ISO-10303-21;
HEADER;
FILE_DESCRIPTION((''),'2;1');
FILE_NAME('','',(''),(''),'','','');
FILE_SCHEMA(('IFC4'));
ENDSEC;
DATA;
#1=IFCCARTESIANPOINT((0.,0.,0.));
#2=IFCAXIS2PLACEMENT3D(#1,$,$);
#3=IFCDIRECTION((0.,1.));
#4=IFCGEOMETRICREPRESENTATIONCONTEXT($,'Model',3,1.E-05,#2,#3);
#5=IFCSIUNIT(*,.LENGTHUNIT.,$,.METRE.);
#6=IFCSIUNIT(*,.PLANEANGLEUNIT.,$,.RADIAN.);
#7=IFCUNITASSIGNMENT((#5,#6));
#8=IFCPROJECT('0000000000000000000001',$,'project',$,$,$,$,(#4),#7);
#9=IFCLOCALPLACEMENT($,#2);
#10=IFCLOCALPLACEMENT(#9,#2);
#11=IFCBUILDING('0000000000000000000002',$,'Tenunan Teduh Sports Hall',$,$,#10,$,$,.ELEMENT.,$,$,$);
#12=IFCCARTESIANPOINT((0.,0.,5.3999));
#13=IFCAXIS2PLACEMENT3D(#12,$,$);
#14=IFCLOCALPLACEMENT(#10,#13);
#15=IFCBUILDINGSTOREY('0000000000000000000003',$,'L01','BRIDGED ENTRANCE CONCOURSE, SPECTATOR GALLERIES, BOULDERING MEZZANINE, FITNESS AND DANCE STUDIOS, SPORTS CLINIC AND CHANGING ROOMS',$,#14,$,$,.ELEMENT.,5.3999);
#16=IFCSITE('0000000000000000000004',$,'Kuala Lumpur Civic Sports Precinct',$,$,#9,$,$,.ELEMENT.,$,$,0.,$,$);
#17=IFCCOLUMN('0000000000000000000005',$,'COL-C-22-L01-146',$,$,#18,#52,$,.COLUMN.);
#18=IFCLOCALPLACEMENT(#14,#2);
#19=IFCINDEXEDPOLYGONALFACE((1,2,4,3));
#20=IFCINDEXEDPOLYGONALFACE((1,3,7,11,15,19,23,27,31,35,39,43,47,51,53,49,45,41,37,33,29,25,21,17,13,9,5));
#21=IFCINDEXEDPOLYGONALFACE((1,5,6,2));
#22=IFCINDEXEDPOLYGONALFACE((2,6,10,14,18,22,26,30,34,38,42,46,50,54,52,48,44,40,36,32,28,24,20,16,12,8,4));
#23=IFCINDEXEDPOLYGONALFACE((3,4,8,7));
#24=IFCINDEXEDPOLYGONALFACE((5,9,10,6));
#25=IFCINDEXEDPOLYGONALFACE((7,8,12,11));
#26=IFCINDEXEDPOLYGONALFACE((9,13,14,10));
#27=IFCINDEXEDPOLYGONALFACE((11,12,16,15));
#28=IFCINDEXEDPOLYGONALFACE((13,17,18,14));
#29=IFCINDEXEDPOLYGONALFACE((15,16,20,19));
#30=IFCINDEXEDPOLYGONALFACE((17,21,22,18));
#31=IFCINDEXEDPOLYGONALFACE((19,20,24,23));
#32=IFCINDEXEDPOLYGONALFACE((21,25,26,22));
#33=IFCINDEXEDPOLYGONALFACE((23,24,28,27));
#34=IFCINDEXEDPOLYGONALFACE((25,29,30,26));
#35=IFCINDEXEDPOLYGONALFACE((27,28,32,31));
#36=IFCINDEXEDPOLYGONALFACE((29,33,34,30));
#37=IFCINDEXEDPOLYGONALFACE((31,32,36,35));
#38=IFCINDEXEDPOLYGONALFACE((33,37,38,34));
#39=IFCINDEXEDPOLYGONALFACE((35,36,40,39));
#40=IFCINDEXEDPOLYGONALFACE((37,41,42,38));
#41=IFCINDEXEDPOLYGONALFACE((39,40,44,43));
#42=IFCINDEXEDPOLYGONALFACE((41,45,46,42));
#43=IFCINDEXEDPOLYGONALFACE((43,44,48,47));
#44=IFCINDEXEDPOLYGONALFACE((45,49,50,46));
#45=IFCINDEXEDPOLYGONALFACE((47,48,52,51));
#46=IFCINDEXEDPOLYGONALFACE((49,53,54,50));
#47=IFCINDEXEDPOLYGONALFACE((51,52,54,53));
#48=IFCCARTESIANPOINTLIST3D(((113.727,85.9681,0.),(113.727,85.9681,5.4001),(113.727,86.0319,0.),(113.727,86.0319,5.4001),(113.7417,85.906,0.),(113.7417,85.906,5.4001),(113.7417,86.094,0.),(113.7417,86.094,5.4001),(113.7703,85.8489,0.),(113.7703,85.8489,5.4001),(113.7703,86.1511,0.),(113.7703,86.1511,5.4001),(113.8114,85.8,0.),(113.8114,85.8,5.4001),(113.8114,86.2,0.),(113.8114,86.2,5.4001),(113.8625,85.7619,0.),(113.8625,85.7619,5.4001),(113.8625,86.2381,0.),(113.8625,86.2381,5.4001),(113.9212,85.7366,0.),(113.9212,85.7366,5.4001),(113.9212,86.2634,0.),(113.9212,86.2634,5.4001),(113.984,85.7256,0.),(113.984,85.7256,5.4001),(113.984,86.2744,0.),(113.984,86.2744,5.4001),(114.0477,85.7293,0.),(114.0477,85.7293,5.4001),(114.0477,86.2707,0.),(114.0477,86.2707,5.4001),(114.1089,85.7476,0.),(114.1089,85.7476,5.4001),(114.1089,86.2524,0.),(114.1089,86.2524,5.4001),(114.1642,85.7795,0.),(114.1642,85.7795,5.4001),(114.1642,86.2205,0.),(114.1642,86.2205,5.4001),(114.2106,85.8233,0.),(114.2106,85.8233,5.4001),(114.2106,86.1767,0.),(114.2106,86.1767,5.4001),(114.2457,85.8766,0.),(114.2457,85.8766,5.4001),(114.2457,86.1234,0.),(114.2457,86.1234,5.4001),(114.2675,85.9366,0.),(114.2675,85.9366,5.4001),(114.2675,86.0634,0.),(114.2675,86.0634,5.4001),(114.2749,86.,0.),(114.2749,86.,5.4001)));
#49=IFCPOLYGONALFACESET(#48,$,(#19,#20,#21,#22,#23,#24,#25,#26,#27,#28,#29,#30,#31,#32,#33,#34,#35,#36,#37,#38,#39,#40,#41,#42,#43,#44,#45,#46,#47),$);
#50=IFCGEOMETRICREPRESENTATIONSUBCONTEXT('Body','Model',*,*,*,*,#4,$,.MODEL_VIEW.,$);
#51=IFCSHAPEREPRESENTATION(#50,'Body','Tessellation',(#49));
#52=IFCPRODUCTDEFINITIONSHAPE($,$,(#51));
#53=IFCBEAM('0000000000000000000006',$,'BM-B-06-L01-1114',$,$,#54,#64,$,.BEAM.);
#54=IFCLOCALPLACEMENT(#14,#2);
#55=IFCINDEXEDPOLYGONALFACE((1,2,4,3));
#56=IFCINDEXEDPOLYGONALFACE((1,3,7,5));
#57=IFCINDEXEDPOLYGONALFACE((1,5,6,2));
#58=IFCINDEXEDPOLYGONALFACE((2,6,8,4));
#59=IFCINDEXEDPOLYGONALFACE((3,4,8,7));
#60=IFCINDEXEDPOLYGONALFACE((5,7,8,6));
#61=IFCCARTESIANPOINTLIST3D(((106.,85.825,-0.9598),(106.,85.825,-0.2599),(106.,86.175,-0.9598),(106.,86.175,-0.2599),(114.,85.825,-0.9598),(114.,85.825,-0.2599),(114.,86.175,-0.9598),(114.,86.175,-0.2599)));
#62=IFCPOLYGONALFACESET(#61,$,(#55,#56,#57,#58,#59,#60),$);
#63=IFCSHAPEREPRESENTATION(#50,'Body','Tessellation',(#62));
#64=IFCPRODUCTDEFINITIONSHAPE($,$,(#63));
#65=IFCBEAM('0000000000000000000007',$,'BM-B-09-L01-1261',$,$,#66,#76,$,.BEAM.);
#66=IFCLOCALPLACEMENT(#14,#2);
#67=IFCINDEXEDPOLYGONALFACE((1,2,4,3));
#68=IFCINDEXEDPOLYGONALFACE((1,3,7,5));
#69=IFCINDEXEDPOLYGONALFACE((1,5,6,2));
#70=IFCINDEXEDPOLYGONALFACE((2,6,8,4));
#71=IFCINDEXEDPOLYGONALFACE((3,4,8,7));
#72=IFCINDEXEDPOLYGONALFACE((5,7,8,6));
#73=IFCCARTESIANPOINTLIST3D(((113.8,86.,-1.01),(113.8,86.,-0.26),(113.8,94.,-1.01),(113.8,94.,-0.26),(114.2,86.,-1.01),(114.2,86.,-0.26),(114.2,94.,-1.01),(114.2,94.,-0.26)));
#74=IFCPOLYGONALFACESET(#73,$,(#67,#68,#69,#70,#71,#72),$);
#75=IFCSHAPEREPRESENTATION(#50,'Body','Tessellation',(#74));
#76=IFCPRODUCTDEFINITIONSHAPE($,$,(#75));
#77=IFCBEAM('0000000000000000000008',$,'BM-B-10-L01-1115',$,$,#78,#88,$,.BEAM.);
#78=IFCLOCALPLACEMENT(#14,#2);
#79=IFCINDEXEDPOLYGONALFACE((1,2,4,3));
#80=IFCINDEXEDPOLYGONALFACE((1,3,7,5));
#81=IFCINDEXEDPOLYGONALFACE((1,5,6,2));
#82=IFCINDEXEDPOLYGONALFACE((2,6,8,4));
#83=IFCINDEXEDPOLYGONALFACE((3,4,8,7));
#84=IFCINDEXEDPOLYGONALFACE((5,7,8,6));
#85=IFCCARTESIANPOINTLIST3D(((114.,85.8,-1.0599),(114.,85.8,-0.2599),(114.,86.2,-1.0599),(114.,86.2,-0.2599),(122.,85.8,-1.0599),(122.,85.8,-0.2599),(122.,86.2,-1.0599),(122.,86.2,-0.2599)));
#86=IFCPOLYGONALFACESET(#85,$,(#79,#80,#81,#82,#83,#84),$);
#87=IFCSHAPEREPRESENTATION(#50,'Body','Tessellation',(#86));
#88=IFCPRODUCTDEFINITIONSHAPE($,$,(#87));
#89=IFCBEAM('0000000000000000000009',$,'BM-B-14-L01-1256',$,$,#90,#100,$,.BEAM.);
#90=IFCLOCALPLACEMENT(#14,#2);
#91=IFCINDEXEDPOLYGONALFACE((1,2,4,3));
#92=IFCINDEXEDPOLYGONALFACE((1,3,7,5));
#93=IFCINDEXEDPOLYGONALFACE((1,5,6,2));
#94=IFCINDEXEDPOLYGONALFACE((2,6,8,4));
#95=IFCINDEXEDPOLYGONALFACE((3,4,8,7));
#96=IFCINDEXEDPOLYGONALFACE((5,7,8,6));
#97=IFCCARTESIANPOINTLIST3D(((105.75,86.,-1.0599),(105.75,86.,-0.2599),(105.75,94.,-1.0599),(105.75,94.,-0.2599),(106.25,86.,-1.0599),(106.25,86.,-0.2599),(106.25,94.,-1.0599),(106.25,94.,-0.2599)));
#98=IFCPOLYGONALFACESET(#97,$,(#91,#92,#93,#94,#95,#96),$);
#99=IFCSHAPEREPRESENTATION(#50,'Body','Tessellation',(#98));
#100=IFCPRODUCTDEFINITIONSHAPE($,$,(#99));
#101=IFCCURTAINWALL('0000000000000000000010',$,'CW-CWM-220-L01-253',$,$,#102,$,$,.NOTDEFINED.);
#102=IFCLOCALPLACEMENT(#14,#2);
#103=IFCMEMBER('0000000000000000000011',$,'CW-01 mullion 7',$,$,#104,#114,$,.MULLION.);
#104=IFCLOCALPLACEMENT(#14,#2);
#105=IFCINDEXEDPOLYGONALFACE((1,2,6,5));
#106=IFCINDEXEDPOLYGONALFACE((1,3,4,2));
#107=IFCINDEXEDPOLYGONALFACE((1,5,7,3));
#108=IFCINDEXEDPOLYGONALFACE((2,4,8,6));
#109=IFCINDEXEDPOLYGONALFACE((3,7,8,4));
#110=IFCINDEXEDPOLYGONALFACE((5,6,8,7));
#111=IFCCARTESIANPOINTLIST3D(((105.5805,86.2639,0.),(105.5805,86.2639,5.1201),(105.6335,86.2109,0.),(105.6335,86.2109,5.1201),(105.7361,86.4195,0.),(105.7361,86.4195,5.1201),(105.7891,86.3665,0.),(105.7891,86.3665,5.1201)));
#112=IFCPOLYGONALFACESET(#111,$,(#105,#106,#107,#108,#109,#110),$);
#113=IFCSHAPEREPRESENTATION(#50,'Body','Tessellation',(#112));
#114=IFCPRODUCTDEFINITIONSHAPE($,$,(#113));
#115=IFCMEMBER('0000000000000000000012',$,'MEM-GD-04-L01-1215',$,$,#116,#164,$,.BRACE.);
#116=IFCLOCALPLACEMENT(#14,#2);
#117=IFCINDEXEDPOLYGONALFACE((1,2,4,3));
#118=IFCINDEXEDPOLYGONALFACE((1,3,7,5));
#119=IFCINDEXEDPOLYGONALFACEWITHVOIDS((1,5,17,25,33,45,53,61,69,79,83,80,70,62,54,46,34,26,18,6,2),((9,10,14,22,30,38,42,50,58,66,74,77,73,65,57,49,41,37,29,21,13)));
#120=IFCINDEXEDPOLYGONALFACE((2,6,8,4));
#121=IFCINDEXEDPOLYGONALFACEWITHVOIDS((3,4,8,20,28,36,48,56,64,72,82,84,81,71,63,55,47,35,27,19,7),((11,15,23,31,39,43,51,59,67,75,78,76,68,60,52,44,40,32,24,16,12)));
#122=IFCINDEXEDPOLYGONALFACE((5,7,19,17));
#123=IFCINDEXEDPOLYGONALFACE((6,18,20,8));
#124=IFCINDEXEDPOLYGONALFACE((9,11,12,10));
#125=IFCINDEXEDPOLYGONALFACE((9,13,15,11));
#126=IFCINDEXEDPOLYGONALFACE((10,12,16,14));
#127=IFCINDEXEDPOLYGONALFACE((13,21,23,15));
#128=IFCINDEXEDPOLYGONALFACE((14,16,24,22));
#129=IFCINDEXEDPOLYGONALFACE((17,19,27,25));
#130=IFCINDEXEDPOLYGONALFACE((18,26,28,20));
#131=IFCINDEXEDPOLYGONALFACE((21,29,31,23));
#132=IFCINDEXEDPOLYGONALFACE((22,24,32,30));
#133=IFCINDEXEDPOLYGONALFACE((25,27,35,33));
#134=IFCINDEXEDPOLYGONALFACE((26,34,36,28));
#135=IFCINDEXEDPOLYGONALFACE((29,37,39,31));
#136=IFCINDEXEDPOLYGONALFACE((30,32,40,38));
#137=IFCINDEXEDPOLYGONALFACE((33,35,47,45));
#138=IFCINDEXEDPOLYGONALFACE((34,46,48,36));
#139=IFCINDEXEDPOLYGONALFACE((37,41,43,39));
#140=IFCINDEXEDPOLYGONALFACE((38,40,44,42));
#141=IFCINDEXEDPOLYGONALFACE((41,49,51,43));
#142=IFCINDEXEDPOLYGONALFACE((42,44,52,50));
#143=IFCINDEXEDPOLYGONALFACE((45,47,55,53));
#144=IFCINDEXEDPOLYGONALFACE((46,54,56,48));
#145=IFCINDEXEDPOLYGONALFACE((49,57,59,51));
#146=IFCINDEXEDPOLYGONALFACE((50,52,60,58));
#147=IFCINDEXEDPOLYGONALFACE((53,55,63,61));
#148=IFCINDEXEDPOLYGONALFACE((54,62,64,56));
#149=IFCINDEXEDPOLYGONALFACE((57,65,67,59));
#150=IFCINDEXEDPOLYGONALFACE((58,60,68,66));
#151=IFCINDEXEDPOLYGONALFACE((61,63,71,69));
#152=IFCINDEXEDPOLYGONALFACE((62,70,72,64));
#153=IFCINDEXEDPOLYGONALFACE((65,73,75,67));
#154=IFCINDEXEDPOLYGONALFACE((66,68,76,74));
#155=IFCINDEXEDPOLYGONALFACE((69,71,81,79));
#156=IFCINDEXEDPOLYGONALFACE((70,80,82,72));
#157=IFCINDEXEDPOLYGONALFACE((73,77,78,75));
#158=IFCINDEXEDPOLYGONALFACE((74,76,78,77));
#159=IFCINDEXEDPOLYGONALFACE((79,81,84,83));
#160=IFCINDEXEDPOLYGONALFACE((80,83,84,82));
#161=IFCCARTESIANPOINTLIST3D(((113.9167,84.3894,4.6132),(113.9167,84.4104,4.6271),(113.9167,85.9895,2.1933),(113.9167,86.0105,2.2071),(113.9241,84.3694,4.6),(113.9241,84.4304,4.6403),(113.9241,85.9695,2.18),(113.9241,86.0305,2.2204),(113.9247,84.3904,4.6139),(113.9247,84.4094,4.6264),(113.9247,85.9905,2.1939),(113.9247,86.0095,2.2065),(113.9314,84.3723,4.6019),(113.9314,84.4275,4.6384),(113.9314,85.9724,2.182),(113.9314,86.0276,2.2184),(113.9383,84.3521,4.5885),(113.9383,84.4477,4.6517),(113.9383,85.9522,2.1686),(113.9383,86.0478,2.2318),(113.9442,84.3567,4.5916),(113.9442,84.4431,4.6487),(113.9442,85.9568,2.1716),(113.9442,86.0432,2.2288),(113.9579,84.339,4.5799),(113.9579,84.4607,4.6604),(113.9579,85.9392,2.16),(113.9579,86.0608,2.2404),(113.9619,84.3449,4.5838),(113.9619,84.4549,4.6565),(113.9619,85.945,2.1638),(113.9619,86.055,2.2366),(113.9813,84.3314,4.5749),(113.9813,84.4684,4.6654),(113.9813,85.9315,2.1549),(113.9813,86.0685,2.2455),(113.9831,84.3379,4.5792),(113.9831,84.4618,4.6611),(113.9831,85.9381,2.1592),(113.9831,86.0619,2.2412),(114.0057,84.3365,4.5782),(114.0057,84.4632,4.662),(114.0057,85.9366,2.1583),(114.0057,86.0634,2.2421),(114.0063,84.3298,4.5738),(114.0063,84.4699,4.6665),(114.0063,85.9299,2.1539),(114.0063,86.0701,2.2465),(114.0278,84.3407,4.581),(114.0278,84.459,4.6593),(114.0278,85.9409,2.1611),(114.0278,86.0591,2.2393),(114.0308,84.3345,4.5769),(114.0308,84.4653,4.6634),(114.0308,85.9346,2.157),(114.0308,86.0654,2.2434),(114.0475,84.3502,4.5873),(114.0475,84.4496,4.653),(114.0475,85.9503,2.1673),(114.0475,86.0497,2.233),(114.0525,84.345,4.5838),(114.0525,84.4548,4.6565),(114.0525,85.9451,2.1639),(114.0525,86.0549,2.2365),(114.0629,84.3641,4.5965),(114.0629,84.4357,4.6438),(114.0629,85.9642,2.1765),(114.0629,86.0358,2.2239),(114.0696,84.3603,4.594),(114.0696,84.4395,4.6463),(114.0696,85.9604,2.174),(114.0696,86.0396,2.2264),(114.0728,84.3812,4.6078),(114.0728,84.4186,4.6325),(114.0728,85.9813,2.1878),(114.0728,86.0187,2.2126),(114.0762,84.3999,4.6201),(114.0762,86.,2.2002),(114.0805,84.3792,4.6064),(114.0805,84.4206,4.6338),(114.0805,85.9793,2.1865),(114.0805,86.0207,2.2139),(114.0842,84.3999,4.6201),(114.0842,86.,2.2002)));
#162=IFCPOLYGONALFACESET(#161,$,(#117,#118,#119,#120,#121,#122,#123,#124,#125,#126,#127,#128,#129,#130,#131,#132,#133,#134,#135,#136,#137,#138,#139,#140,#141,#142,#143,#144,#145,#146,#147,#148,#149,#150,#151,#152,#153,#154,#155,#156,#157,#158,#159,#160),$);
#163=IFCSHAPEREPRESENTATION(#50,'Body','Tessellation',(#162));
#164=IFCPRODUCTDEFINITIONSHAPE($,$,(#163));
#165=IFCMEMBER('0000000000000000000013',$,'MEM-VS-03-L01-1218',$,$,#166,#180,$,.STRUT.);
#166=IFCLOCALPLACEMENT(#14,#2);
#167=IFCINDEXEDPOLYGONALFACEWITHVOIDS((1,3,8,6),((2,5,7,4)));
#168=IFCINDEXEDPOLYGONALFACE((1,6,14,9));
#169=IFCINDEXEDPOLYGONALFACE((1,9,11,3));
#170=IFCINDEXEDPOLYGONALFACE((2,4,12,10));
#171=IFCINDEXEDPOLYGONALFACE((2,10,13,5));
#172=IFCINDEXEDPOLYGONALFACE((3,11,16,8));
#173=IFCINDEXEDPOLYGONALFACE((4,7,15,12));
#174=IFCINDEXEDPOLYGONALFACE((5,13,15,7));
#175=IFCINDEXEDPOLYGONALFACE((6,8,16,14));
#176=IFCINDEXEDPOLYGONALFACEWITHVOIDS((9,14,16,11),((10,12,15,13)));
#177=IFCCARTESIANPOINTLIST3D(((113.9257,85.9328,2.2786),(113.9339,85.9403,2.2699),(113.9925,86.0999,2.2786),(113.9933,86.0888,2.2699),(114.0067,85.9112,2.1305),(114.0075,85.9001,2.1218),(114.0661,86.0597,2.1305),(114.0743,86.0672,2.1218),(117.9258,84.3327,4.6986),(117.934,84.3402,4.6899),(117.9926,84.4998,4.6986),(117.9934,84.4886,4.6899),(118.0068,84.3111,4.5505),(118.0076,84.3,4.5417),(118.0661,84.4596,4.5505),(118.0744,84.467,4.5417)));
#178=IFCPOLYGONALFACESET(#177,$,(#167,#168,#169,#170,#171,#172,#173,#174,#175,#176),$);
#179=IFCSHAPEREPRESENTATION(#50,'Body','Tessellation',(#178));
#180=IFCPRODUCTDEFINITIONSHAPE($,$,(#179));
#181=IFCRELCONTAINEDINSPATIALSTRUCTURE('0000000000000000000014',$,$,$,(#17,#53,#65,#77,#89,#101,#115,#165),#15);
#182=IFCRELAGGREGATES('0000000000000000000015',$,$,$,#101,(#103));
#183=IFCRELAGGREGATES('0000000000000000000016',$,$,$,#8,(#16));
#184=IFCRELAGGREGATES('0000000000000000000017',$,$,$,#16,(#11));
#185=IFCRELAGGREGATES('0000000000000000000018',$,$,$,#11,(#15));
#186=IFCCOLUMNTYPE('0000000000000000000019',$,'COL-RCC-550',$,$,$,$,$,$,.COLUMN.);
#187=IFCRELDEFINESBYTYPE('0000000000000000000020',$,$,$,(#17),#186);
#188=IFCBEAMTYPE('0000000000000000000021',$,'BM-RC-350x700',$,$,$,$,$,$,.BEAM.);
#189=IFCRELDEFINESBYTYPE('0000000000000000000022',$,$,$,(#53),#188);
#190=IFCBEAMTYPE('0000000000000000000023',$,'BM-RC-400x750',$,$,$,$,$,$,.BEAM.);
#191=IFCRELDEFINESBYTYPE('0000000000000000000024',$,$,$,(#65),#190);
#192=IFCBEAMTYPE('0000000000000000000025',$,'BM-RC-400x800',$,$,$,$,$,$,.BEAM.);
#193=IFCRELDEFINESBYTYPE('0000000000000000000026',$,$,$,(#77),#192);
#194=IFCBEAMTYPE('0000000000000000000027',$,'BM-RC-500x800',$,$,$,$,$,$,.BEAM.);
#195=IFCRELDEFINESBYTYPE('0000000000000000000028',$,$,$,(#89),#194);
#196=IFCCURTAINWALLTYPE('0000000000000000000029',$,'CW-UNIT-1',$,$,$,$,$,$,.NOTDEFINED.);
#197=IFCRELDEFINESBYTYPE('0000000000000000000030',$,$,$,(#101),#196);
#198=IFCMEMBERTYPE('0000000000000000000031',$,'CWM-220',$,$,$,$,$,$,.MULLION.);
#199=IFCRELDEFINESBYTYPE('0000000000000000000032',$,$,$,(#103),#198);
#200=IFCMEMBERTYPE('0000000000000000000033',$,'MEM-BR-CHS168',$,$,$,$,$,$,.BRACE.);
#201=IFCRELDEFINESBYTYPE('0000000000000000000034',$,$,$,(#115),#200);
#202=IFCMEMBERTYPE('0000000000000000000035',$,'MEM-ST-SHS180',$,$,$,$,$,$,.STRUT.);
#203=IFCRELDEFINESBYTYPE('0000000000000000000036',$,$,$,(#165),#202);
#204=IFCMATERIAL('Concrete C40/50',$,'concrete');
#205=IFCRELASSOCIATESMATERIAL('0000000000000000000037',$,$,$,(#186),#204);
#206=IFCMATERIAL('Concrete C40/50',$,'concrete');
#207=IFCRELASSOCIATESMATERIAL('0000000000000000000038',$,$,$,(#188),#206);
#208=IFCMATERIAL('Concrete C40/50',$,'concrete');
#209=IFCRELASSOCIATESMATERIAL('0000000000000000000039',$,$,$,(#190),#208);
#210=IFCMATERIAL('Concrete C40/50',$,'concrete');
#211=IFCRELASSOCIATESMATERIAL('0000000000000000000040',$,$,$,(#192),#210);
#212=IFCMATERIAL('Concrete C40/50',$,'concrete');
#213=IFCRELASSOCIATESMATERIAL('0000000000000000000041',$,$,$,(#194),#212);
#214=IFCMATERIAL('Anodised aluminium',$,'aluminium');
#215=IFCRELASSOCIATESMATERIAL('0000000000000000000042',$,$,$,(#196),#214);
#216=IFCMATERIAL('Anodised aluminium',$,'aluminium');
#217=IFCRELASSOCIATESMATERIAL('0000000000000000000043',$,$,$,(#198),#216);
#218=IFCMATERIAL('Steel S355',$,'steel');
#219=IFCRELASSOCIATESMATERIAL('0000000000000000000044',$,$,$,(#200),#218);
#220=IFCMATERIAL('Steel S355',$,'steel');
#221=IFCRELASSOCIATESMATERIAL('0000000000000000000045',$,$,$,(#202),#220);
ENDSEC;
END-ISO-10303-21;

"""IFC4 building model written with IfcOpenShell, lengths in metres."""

from ifc_helpers import new_model, si_unit, direction, frame, origin, origin_2d, place, context, subcontext, project, spatial, rectangle, hollow_rectangle, circle, hollow_circle, extrude, material, material_profile, profile_set, type_object, element, aggregate, save


model = new_model("IFC4")

# Units and contexts
model_context = context("Model", 3, precision=1e-05, world=origin(), true_north=direction((0.0, 1.0)))
body_context = subcontext(model_context, "Body", "Model", "MODEL_VIEW")
ifc_project = project(units=[si_unit("LENGTHUNIT", "METRE"), si_unit("PLANEANGLEUNIT", "RADIAN")], contexts=[model_context])

# Site, building, storey
site_placement = place(None, origin())
site = spatial("IfcSite", under=ifc_project, at=site_placement, Name="Kuala Lumpur Civic Sports Precinct", CompositionType="ELEMENT", RefElevation=0.0)
building_placement = place(site_placement, origin())
building = spatial("IfcBuilding", under=site, at=building_placement, Name="Tenunan Teduh Sports Hall", CompositionType="ELEMENT")
storey_placement = place(building_placement, frame((0.0, 0.0, 5.3999)))
storey = spatial("IfcBuildingStorey", under=building, at=storey_placement, Name="L01", Description="BRIDGED ENTRANCE CONCOURSE, SPECTATOR GALLERIES, BOULDERING MEZZANINE, FITNESS AND DANCE STUDIOS, SPORTS CLINIC AND CHANGING ROOMS", CompositionType="ELEMENT", Elevation=5.3999)

# Column
ifc_material_1 = material(Name="Concrete C40/50", Category="concrete")
ifc_material_profile_1 = material_profile(ifc_material_1, circle(Radius=0.2749, at=origin_2d()), Name="RCC D550")
ifc_profile_set_1 = profile_set([ifc_material_profile_1], Name="Concrete C40/50")
column_type = type_object("IfcColumnType", Name="COL-RCC-550", PredefinedType="COLUMN", material=ifc_profile_set_1)
column_placement = place(storey_placement, frame((114.0, 86.0, 0.0), z_axis=(0.0, 0.0, 1.0), x_axis=(1.0, 0.0, 0.0)))
element("IfcColumn", 1, at=column_placement, inside=storey, type_object=column_type, Name="COL-C-22-L01-146", PredefinedType="COLUMN", context=body_context, shape_type="SweptSolid", body=[
    extrude(circle(Radius=0.2749, at=origin_2d()), origin(), (0.0, 0.0, 1.0), 5.4001),
])

# Beams
ifc_material_2 = material(Name="Concrete C40/50", Category="concrete")
ifc_material_profile_2 = material_profile(ifc_material_2, rectangle(XDim=0.3501, YDim=0.7, at=origin_2d()), Name="RCB 350x700")
ifc_profile_set_2 = profile_set([ifc_material_profile_2], Name="Concrete C40/50")
beam_type_1 = type_object("IfcBeamType", Name="BM-RC-350x700", PredefinedType="BEAM", material=ifc_profile_set_2)
beam_1_placement = place(storey_placement, frame((106.0, 86.0, -0.6099), z_axis=(1.0, 0.0, 0.0), x_axis=(0.0, 1.0, 0.0)))
element("IfcBeam", 2, at=beam_1_placement, inside=storey, type_object=beam_type_1, Name="BM-B-06-L01-1114", PredefinedType="BEAM", context=body_context, shape_type="SweptSolid", body=[
    extrude(rectangle(XDim=0.3501, YDim=0.7, at=origin_2d()), origin(), (0.0, 0.0, 1.0), 8.0),
])
ifc_material_3 = material(Name="Concrete C40/50", Category="concrete")
ifc_material_profile_3 = material_profile(ifc_material_3, rectangle(XDim=0.3999, YDim=0.75, at=origin_2d()), Name="RCB 400x750")
ifc_profile_set_3 = profile_set([ifc_material_profile_3], Name="Concrete C40/50")
beam_type_2 = type_object("IfcBeamType", Name="BM-RC-400x750", PredefinedType="BEAM", material=ifc_profile_set_3)
beam_2_placement = place(storey_placement, frame((114.0, 86.0, -0.635), z_axis=(0.0, 1.0, 0.0), x_axis=(-1.0, 0.0, 0.0)))
element("IfcBeam", 3, at=beam_2_placement, inside=storey, type_object=beam_type_2, Name="BM-B-09-L01-1261", PredefinedType="BEAM", context=body_context, shape_type="SweptSolid", body=[
    extrude(rectangle(XDim=0.3999, YDim=0.75, at=origin_2d()), origin(), (0.0, 0.0, 1.0), 8.0),
])
ifc_material_4 = material(Name="Concrete C40/50", Category="concrete")
ifc_material_profile_4 = material_profile(ifc_material_4, rectangle(XDim=0.3999, YDim=0.8, at=origin_2d()), Name="RCB 400x800")
ifc_profile_set_4 = profile_set([ifc_material_profile_4], Name="Concrete C40/50")
beam_type_3 = type_object("IfcBeamType", Name="BM-RC-400x800", PredefinedType="BEAM", material=ifc_profile_set_4)
beam_3_placement = place(storey_placement, frame((114.0, 86.0, -0.6599), z_axis=(1.0, 0.0, 0.0), x_axis=(0.0, 1.0, 0.0)))
element("IfcBeam", 4, at=beam_3_placement, inside=storey, type_object=beam_type_3, Name="BM-B-10-L01-1115", PredefinedType="BEAM", context=body_context, shape_type="SweptSolid", body=[
    extrude(rectangle(XDim=0.3999, YDim=0.8, at=origin_2d()), origin(), (0.0, 0.0, 1.0), 8.0),
])
ifc_material_5 = material(Name="Concrete C40/50", Category="concrete")
ifc_material_profile_5 = material_profile(ifc_material_5, rectangle(XDim=0.5, YDim=0.8, at=origin_2d()), Name="RCB 500x800")
ifc_profile_set_5 = profile_set([ifc_material_profile_5], Name="Concrete C40/50")
beam_type_4 = type_object("IfcBeamType", Name="BM-RC-500x800", PredefinedType="BEAM", material=ifc_profile_set_5)
beam_4_placement = place(storey_placement, frame((106.0, 86.0, -0.6599), z_axis=(0.0, 1.0, 0.0), x_axis=(-1.0, 0.0, 0.0)))
element("IfcBeam", 5, at=beam_4_placement, inside=storey, type_object=beam_type_4, Name="BM-B-14-L01-1256", PredefinedType="BEAM", context=body_context, shape_type="SweptSolid", body=[
    extrude(rectangle(XDim=0.5, YDim=0.8, at=origin_2d()), origin(), (0.0, 0.0, 1.0), 8.0),
])

# Curtain wall, member
ifc_material_6 = material(Name="Anodised aluminium", Category="aluminium")
curtain_wall_type = type_object("IfcCurtainWallType", Name="CW-UNIT-1", PredefinedType="NOTDEFINED", material=ifc_material_6)
curtain_wall_placement = place(storey_placement, origin())
curtain_wall = element("IfcCurtainWall", 6, at=curtain_wall_placement, inside=storey, type_object=curtain_wall_type, Name="CW-CWM-220-L01-253", PredefinedType="NOTDEFINED")
ifc_material_7 = material(Name="Anodised aluminium", Category="aluminium")
ifc_material_profile_6 = material_profile(ifc_material_7, rectangle(XDim=0.075, YDim=0.22, at=origin_2d()), Name="CWM 75x220")
ifc_profile_set_6 = profile_set([ifc_material_profile_6], Name="Anodised aluminium")
member_type_1 = type_object("IfcMemberType", Name="CWM-220", PredefinedType="MULLION", material=ifc_profile_set_6)
member_1_placement = place(storey_placement, frame((105.6848, 86.3152, 0.0), z_axis=(0.0, 0.0, 1.0), x_axis=(-0.707107, 0.707107, 0.0)))
member_1 = element("IfcMember", 7, at=member_1_placement, type_object=member_type_1, Name="CW-01 mullion 7", PredefinedType="MULLION", context=body_context, shape_type="SweptSolid", body=[
    extrude(rectangle(XDim=0.075, YDim=0.22, at=origin_2d()), origin(), (0.0, 0.0, 1.0), 5.1201),
])
aggregate(curtain_wall, [member_1])

# Members
ifc_material_8 = material(Name="Steel S355", Category="steel")
ifc_material_profile_7 = material_profile(ifc_material_8, hollow_circle(Radius=0.0842, WallThickness=0.0081, at=origin_2d()), Name="CHS 168.3x8.0")
ifc_profile_set_7 = profile_set([ifc_material_profile_7], Name="Steel S355")
member_type_2 = type_object("IfcMemberType", Name="MEM-BR-CHS168", PredefinedType="BRACE", material=ifc_profile_set_7)
member_2_placement = place(storey_placement, frame((114.0, 86.0, 2.2002), z_axis=(0.0, -0.55155, 0.834142), x_axis=(1.0, 0.0, 0.0)))
element("IfcMember", 8, at=member_2_placement, inside=storey, type_object=member_type_2, Name="MEM-GD-04-L01-1215", PredefinedType="BRACE", context=body_context, shape_type="SweptSolid", body=[
    extrude(hollow_circle(Radius=0.0842, WallThickness=0.0081, at=origin_2d()), origin(), (0.0, 0.0, 1.0), 2.9011),
])
ifc_material_9 = material(Name="Steel S355", Category="steel")
ifc_material_profile_8 = material_profile(ifc_material_9, hollow_rectangle(XDim=0.1799, YDim=0.1799, WallThickness=0.01, at=origin_2d()), Name="SHS 180x180x10.0")
ifc_profile_set_8 = profile_set([ifc_material_profile_8], Name="Steel S355")
member_type_3 = type_object("IfcMemberType", Name="MEM-ST-SHS180", PredefinedType="STRUT", material=ifc_profile_set_8)
member_3_placement = place(storey_placement, frame((114.0, 86.0, 2.2002), z_axis=(0.809505, -0.323822, 0.489735), x_axis=(0.37141, 0.928469, 0.0)))
element("IfcMember", 9, at=member_3_placement, inside=storey, type_object=member_type_3, Name="MEM-VS-03-L01-1218", PredefinedType="STRUT", context=body_context, shape_type="SweptSolid", body=[
    extrude(hollow_rectangle(XDim=0.1799, YDim=0.1799, WallThickness=0.01, at=origin_2d()), origin(), (0.0, 0.0, 1.0), 4.9414),
])

save(model, "model.ifc")
